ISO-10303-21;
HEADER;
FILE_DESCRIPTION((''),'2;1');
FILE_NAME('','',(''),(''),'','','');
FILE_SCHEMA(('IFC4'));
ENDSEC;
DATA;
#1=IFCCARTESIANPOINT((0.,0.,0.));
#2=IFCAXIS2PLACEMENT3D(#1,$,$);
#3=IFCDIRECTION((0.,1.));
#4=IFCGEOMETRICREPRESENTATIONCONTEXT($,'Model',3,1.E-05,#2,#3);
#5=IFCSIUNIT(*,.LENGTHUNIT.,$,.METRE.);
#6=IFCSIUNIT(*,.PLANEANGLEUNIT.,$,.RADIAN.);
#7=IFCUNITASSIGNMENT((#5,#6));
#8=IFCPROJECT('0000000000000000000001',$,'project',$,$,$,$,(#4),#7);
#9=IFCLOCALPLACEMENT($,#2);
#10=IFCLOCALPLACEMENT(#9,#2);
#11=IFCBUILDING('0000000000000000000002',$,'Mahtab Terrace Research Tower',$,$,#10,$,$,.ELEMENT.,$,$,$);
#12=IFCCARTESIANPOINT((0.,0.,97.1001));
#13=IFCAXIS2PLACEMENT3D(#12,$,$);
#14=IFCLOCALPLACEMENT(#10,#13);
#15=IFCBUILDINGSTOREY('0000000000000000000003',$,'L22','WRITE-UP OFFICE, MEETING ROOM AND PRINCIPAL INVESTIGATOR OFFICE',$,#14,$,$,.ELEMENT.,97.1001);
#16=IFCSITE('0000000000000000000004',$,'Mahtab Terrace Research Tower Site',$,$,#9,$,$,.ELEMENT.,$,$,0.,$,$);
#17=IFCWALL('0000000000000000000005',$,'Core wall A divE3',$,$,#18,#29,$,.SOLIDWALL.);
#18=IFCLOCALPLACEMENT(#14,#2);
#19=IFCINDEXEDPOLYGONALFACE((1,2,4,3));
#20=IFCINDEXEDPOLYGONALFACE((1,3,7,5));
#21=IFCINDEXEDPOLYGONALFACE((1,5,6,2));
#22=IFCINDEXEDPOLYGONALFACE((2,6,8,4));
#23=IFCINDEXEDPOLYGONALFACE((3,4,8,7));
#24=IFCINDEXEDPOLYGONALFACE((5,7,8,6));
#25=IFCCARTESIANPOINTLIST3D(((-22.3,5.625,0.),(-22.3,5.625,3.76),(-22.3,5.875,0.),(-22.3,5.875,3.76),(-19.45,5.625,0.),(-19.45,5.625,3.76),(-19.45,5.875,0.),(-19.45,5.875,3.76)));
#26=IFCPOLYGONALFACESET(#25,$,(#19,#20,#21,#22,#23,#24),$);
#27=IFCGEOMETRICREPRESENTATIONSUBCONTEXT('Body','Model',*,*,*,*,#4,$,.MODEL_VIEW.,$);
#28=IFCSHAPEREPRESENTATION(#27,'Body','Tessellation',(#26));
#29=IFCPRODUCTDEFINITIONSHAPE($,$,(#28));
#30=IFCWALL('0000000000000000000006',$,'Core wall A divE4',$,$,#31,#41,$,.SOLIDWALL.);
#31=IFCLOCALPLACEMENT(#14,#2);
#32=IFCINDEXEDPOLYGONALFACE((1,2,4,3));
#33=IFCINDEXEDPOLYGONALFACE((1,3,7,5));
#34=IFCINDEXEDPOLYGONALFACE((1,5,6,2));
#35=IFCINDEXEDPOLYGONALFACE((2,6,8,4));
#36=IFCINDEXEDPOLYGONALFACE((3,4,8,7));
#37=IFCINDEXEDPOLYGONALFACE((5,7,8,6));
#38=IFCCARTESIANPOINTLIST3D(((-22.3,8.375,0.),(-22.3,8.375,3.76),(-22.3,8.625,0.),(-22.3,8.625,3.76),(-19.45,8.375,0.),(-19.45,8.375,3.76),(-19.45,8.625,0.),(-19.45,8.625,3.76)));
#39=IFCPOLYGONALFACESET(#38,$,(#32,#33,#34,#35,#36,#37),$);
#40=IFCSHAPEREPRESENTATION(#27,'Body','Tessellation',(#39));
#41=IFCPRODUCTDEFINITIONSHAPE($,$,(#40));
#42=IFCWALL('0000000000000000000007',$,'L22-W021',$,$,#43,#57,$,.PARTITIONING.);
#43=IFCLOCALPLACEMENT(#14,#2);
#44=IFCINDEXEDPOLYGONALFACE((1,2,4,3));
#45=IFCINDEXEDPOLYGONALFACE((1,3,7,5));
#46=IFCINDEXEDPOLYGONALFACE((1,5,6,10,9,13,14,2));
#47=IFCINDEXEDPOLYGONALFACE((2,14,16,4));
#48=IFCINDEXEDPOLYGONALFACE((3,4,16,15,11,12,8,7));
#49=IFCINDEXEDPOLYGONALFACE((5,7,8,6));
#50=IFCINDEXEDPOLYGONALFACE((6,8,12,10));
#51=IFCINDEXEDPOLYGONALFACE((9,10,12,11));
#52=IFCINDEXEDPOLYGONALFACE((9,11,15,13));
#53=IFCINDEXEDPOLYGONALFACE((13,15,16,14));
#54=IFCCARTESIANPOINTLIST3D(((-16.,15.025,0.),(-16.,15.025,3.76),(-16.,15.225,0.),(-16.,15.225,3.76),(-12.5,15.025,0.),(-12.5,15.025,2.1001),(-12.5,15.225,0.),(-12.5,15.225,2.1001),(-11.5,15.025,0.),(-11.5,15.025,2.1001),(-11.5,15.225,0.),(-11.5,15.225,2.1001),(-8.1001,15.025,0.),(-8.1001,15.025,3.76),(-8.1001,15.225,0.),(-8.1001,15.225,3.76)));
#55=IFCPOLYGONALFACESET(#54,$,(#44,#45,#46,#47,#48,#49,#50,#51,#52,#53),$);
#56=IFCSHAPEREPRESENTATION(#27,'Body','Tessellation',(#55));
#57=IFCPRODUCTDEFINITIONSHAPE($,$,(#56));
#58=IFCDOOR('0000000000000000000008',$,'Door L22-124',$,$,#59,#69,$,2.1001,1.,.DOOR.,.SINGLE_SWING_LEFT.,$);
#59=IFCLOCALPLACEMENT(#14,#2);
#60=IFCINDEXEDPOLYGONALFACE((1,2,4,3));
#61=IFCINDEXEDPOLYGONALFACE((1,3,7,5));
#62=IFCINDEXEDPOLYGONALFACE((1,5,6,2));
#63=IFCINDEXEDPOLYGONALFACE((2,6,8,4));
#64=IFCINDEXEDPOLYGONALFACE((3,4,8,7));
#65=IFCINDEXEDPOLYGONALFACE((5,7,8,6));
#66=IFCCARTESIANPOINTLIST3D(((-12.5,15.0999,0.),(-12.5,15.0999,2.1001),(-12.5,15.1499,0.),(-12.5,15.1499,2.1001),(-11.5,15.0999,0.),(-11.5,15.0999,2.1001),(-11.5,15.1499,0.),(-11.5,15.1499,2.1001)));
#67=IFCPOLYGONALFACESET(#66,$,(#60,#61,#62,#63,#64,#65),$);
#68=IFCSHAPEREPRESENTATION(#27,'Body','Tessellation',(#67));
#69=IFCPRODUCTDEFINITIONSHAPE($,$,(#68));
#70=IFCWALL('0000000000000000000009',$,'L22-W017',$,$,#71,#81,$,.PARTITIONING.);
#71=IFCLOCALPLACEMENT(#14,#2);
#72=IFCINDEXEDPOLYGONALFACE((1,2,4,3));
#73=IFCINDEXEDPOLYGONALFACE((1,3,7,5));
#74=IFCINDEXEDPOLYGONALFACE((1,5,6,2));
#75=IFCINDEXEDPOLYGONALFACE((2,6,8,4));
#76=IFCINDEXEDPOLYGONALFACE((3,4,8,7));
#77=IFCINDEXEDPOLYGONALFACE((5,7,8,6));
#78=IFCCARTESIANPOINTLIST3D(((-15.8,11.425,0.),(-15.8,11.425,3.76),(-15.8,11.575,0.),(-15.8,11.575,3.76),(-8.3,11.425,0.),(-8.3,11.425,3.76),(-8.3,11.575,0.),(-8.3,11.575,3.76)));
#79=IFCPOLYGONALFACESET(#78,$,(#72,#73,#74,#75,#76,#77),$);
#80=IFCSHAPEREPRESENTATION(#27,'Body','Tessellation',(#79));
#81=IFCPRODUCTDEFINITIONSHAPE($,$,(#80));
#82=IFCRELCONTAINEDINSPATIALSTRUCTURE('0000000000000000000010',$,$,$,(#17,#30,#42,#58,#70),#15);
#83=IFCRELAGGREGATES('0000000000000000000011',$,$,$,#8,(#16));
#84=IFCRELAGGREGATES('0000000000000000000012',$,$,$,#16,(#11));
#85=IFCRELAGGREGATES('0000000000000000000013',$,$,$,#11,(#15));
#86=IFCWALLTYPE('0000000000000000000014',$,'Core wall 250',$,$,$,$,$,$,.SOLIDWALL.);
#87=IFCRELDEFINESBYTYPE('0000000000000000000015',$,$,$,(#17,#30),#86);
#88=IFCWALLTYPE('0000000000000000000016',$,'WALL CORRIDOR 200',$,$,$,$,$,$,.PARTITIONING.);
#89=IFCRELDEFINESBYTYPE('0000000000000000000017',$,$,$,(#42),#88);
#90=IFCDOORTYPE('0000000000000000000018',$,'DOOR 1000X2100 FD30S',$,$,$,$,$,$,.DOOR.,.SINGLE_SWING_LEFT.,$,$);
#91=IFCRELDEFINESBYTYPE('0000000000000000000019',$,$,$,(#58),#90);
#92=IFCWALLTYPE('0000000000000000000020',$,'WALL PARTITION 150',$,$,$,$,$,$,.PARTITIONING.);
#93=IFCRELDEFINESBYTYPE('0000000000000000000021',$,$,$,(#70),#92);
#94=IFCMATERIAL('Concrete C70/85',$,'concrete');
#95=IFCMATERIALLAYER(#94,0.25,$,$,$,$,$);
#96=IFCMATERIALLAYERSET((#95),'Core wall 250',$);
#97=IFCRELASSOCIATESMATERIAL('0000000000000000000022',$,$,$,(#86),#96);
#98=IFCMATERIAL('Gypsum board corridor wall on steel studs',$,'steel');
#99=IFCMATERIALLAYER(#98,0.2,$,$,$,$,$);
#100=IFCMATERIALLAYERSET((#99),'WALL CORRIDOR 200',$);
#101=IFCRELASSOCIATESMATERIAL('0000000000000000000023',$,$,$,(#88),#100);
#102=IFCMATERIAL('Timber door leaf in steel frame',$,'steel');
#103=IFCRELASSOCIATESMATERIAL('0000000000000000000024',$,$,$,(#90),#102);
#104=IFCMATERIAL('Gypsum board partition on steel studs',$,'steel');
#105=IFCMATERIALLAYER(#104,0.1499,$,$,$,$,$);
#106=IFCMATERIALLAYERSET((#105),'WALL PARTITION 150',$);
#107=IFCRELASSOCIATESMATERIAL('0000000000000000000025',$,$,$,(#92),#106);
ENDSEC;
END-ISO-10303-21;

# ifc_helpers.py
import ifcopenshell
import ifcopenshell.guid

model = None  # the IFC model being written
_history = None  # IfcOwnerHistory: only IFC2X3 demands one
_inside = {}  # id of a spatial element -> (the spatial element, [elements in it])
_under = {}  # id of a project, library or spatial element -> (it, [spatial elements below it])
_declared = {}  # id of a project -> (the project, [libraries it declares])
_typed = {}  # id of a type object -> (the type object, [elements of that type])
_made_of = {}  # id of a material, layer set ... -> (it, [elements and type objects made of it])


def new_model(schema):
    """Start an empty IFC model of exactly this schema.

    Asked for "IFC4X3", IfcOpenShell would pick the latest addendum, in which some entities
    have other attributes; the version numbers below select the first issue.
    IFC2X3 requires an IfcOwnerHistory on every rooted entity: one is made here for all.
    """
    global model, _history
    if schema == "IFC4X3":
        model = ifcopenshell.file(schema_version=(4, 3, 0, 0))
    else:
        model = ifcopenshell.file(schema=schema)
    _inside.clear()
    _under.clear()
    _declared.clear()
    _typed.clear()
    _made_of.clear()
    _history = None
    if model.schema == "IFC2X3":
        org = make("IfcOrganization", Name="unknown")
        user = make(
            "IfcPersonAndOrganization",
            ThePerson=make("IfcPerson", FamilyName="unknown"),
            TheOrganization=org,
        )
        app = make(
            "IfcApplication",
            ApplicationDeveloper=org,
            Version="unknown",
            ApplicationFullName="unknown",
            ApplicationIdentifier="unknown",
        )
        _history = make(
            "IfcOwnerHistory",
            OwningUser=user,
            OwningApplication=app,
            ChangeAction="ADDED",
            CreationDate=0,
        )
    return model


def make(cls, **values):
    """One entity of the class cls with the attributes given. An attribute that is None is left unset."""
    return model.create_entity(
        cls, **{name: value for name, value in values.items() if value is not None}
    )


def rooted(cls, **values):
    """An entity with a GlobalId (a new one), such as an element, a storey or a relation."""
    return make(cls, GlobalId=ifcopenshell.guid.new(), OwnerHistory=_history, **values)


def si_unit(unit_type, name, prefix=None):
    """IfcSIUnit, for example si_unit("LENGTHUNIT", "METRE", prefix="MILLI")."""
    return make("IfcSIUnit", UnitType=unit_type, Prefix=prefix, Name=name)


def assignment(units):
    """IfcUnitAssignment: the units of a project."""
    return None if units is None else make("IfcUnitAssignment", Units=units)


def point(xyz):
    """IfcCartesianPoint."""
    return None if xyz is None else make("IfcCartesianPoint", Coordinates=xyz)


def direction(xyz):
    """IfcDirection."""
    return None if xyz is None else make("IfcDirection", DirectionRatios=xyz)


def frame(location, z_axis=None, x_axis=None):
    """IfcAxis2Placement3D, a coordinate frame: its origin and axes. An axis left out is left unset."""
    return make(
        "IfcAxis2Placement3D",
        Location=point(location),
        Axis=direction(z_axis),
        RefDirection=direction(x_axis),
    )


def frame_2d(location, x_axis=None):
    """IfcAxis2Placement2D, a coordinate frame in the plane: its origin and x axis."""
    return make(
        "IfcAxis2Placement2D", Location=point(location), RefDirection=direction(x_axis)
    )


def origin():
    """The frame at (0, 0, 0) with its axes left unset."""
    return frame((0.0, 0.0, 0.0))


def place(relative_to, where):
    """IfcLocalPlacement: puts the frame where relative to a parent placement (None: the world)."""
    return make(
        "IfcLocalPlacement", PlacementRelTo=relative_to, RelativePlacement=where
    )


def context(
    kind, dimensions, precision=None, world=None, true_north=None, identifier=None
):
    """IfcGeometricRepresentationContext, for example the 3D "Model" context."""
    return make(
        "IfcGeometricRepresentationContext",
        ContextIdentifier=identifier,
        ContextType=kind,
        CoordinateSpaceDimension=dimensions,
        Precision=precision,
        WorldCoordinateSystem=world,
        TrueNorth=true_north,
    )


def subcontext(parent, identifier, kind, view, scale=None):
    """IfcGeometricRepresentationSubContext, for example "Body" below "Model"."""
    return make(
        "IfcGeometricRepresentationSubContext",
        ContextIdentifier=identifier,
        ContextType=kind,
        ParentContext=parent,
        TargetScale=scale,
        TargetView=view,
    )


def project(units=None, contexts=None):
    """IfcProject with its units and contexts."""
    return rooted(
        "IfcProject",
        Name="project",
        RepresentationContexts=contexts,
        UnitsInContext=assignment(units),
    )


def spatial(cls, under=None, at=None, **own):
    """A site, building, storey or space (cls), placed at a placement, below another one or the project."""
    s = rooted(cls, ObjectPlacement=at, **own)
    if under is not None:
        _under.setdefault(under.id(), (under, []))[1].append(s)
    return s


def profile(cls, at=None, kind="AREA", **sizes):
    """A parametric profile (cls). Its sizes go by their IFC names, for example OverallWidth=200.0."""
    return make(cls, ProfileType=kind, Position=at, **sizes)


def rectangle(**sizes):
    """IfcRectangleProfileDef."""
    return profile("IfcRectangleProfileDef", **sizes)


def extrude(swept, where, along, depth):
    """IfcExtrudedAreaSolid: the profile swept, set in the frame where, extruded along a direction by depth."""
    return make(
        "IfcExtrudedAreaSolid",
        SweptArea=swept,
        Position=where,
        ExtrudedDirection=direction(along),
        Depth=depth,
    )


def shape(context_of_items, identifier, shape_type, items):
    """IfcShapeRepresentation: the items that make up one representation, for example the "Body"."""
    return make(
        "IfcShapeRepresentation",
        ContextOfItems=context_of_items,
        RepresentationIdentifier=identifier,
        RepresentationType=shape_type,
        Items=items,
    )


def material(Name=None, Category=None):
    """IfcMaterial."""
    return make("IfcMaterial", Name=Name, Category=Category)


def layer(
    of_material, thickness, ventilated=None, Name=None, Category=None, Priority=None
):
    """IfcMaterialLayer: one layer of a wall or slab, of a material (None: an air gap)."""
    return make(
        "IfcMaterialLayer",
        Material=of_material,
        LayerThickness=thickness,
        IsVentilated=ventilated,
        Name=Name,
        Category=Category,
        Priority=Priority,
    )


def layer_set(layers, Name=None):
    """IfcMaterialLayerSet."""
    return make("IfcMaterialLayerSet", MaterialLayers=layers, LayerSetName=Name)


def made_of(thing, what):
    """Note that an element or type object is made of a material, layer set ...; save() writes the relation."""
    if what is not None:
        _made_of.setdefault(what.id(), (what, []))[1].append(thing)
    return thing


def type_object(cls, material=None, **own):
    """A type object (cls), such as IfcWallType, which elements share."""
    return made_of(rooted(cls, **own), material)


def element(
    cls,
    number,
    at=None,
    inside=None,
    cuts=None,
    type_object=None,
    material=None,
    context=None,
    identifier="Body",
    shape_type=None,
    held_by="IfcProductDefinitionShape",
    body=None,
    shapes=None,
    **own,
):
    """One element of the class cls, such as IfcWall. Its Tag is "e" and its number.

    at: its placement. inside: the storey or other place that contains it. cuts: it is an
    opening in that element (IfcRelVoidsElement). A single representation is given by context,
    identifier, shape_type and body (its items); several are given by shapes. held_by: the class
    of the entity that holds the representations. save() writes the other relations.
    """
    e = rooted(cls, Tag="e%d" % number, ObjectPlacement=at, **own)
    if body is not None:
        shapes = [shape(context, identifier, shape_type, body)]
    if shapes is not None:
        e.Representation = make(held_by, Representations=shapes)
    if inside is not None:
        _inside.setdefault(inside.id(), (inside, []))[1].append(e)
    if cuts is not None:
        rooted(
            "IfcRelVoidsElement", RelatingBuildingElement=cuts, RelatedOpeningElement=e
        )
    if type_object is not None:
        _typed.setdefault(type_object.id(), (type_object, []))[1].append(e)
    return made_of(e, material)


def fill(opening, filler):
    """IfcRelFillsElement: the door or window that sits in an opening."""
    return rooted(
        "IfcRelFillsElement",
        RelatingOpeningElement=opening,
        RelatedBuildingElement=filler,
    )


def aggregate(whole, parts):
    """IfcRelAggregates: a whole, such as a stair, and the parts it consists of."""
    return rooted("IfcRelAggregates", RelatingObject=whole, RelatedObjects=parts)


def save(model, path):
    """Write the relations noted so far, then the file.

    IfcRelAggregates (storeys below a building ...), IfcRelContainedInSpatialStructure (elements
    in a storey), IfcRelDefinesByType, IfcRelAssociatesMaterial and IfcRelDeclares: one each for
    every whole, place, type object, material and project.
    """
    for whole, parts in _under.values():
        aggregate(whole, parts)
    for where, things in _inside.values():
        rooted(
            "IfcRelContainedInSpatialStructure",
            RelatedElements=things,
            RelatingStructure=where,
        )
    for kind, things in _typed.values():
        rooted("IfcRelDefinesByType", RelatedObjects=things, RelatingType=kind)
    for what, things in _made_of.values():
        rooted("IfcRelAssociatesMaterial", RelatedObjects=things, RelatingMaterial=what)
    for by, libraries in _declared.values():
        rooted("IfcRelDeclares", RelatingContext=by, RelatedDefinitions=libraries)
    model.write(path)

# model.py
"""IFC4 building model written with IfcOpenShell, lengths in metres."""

from ifc_helpers import new_model, si_unit, direction, frame, frame_2d, origin, place, context, subcontext, project, spatial, rectangle, extrude, material, layer, layer_set, type_object, element, fill, save


model = new_model("IFC4")

# Units and contexts
model_context = context("Model", 3, precision=1e-05, world=origin(), true_north=direction((0.0, 1.0)))
body_context = subcontext(model_context, "Body", "Model", "MODEL_VIEW")
ifc_project = project(units=[si_unit("LENGTHUNIT", "METRE"), si_unit("PLANEANGLEUNIT", "RADIAN")], contexts=[model_context])

# Site, building, storey
site_placement = place(None, origin())
site = spatial("IfcSite", under=ifc_project, at=site_placement, Name="Mahtab Terrace Research Tower Site", CompositionType="ELEMENT", RefElevation=0.0)
building_placement = place(site_placement, origin())
building = spatial("IfcBuilding", under=site, at=building_placement, Name="Mahtab Terrace Research Tower", CompositionType="ELEMENT")
storey_placement = place(building_placement, frame((0.0, 0.0, 97.1001)))
storey = spatial("IfcBuildingStorey", under=building, at=storey_placement, Name="L22", Description="WRITE-UP OFFICE, MEETING ROOM AND PRINCIPAL INVESTIGATOR OFFICE", CompositionType="ELEMENT", Elevation=97.1001)

# Shared definitions
ifc_material_1 = material(Name="Concrete C70/85", Category="concrete")

# Shared definitions
ifc_layer_1 = layer(ifc_material_1, 0.25)
ifc_layer_set_1 = layer_set([ifc_layer_1], Name="Core wall 250")
wall_type_1 = type_object("IfcWallType", Name="Core wall 250", PredefinedType="SOLIDWALL", material=ifc_layer_set_1)

# Walls
for number, where, z_axis, x_axis, name in (
    (1, (-22.3, 5.75, 0.0), (0.0, 0.0, 1.0), (1.0, 0.0, 0.0), "Core wall A divE3"),
    (2, (-22.3, 8.5, 0.0), (0.0, 0.0, 1.0), (1.0, 0.0, 0.0), "Core wall A divE4"),
):
    element("IfcWall", number, at=place(storey_placement, frame(where, z_axis=z_axis, x_axis=x_axis)), inside=storey, type_object=wall_type_1, Name=name, PredefinedType="SOLIDWALL", context=body_context, shape_type="SweptSolid", body=[
        extrude(rectangle(XDim=2.8501, YDim=0.25, at=frame_2d((1.425, 0.0))), origin(), (0.0, 0.0, 1.0), 3.76),
    ])

# Wall, opening, door
ifc_material_2 = material(Name="Gypsum board corridor wall on steel studs", Category="steel")
ifc_layer_2 = layer(ifc_material_2, 0.2)
ifc_layer_set_2 = layer_set([ifc_layer_2], Name="WALL CORRIDOR 200")
wall_type_2 = type_object("IfcWallType", Name="WALL CORRIDOR 200", PredefinedType="PARTITIONING", material=ifc_layer_set_2)
wall_1_placement = place(storey_placement, frame((-16.0, 15.125, 0.0), z_axis=(0.0, 0.0, 1.0), x_axis=(1.0, 0.0, 0.0)))
wall_1 = element("IfcWall", 3, at=wall_1_placement, inside=storey, type_object=wall_type_2, Name="L22-W021", PredefinedType="PARTITIONING", context=body_context, shape_type="SweptSolid", body=[
    extrude(rectangle(XDim=7.8999, YDim=0.2, at=frame_2d((3.95, 0.0))), origin(), (0.0, 0.0, 1.0), 3.76),
])
opening_1_placement = place(wall_1_placement, frame((3.5, 0.0, 0.0)))
opening_1 = element("IfcOpeningElement", 4, at=opening_1_placement, cuts=wall_1, PredefinedType="OPENING", context=body_context, shape_type="SweptSolid", body=[
    extrude(rectangle(XDim=1.0, YDim=2.1001, at=frame_2d((0.5, 1.05))), frame((0.0, 0.1099, 0.0), z_axis=(0.0, -1.0, 0.0), x_axis=(1.0, 0.0, 0.0)), (0.0, 0.0, 1.0), 0.22),
])
ifc_material_3 = material(Name="Timber door leaf in steel frame", Category="steel")
door_type_1 = type_object("IfcDoorType", Name="DOOR 1000X2100 FD30S", OperationType="SINGLE_SWING_LEFT", PredefinedType="DOOR", material=ifc_material_3)
door_1_placement = place(opening_1_placement, origin())
door_1 = element("IfcDoor", 5, at=door_1_placement, inside=storey, type_object=door_type_1, Name="Door L22-124", OperationType="SINGLE_SWING_LEFT", OverallHeight=2.1001, OverallWidth=1.0, PredefinedType="DOOR", context=body_context, shape_type="SweptSolid", body=[
    extrude(rectangle(XDim=1.0, YDim=2.1001, at=frame_2d((0.5, 1.05))), frame((0.0, 0.0249, 0.0), z_axis=(0.0, -1.0, 0.0), x_axis=(1.0, 0.0, 0.0)), (0.0, 0.0, 1.0), 0.05),
])
fill(opening_1, door_1)

# Wall
ifc_material_4 = material(Name="Gypsum board partition on steel studs", Category="steel")
ifc_layer_3 = layer(ifc_material_4, 0.1499)
ifc_layer_set_3 = layer_set([ifc_layer_3], Name="WALL PARTITION 150")
wall_type_3 = type_object("IfcWallType", Name="WALL PARTITION 150", PredefinedType="PARTITIONING", material=ifc_layer_set_3)
wall_2_placement = place(storey_placement, frame((-15.8, 11.5, 0.0), z_axis=(0.0, 0.0, 1.0), x_axis=(1.0, 0.0, 0.0)))
element("IfcWall", 6, at=wall_2_placement, inside=storey, type_object=wall_type_3, Name="L22-W017", PredefinedType="PARTITIONING", context=body_context, shape_type="SweptSolid", body=[
    extrude(rectangle(XDim=7.5, YDim=0.1499, at=frame_2d((3.75, 0.0))), origin(), (0.0, 0.0, 1.0), 3.76),
])

save(model, "model.ifc")
